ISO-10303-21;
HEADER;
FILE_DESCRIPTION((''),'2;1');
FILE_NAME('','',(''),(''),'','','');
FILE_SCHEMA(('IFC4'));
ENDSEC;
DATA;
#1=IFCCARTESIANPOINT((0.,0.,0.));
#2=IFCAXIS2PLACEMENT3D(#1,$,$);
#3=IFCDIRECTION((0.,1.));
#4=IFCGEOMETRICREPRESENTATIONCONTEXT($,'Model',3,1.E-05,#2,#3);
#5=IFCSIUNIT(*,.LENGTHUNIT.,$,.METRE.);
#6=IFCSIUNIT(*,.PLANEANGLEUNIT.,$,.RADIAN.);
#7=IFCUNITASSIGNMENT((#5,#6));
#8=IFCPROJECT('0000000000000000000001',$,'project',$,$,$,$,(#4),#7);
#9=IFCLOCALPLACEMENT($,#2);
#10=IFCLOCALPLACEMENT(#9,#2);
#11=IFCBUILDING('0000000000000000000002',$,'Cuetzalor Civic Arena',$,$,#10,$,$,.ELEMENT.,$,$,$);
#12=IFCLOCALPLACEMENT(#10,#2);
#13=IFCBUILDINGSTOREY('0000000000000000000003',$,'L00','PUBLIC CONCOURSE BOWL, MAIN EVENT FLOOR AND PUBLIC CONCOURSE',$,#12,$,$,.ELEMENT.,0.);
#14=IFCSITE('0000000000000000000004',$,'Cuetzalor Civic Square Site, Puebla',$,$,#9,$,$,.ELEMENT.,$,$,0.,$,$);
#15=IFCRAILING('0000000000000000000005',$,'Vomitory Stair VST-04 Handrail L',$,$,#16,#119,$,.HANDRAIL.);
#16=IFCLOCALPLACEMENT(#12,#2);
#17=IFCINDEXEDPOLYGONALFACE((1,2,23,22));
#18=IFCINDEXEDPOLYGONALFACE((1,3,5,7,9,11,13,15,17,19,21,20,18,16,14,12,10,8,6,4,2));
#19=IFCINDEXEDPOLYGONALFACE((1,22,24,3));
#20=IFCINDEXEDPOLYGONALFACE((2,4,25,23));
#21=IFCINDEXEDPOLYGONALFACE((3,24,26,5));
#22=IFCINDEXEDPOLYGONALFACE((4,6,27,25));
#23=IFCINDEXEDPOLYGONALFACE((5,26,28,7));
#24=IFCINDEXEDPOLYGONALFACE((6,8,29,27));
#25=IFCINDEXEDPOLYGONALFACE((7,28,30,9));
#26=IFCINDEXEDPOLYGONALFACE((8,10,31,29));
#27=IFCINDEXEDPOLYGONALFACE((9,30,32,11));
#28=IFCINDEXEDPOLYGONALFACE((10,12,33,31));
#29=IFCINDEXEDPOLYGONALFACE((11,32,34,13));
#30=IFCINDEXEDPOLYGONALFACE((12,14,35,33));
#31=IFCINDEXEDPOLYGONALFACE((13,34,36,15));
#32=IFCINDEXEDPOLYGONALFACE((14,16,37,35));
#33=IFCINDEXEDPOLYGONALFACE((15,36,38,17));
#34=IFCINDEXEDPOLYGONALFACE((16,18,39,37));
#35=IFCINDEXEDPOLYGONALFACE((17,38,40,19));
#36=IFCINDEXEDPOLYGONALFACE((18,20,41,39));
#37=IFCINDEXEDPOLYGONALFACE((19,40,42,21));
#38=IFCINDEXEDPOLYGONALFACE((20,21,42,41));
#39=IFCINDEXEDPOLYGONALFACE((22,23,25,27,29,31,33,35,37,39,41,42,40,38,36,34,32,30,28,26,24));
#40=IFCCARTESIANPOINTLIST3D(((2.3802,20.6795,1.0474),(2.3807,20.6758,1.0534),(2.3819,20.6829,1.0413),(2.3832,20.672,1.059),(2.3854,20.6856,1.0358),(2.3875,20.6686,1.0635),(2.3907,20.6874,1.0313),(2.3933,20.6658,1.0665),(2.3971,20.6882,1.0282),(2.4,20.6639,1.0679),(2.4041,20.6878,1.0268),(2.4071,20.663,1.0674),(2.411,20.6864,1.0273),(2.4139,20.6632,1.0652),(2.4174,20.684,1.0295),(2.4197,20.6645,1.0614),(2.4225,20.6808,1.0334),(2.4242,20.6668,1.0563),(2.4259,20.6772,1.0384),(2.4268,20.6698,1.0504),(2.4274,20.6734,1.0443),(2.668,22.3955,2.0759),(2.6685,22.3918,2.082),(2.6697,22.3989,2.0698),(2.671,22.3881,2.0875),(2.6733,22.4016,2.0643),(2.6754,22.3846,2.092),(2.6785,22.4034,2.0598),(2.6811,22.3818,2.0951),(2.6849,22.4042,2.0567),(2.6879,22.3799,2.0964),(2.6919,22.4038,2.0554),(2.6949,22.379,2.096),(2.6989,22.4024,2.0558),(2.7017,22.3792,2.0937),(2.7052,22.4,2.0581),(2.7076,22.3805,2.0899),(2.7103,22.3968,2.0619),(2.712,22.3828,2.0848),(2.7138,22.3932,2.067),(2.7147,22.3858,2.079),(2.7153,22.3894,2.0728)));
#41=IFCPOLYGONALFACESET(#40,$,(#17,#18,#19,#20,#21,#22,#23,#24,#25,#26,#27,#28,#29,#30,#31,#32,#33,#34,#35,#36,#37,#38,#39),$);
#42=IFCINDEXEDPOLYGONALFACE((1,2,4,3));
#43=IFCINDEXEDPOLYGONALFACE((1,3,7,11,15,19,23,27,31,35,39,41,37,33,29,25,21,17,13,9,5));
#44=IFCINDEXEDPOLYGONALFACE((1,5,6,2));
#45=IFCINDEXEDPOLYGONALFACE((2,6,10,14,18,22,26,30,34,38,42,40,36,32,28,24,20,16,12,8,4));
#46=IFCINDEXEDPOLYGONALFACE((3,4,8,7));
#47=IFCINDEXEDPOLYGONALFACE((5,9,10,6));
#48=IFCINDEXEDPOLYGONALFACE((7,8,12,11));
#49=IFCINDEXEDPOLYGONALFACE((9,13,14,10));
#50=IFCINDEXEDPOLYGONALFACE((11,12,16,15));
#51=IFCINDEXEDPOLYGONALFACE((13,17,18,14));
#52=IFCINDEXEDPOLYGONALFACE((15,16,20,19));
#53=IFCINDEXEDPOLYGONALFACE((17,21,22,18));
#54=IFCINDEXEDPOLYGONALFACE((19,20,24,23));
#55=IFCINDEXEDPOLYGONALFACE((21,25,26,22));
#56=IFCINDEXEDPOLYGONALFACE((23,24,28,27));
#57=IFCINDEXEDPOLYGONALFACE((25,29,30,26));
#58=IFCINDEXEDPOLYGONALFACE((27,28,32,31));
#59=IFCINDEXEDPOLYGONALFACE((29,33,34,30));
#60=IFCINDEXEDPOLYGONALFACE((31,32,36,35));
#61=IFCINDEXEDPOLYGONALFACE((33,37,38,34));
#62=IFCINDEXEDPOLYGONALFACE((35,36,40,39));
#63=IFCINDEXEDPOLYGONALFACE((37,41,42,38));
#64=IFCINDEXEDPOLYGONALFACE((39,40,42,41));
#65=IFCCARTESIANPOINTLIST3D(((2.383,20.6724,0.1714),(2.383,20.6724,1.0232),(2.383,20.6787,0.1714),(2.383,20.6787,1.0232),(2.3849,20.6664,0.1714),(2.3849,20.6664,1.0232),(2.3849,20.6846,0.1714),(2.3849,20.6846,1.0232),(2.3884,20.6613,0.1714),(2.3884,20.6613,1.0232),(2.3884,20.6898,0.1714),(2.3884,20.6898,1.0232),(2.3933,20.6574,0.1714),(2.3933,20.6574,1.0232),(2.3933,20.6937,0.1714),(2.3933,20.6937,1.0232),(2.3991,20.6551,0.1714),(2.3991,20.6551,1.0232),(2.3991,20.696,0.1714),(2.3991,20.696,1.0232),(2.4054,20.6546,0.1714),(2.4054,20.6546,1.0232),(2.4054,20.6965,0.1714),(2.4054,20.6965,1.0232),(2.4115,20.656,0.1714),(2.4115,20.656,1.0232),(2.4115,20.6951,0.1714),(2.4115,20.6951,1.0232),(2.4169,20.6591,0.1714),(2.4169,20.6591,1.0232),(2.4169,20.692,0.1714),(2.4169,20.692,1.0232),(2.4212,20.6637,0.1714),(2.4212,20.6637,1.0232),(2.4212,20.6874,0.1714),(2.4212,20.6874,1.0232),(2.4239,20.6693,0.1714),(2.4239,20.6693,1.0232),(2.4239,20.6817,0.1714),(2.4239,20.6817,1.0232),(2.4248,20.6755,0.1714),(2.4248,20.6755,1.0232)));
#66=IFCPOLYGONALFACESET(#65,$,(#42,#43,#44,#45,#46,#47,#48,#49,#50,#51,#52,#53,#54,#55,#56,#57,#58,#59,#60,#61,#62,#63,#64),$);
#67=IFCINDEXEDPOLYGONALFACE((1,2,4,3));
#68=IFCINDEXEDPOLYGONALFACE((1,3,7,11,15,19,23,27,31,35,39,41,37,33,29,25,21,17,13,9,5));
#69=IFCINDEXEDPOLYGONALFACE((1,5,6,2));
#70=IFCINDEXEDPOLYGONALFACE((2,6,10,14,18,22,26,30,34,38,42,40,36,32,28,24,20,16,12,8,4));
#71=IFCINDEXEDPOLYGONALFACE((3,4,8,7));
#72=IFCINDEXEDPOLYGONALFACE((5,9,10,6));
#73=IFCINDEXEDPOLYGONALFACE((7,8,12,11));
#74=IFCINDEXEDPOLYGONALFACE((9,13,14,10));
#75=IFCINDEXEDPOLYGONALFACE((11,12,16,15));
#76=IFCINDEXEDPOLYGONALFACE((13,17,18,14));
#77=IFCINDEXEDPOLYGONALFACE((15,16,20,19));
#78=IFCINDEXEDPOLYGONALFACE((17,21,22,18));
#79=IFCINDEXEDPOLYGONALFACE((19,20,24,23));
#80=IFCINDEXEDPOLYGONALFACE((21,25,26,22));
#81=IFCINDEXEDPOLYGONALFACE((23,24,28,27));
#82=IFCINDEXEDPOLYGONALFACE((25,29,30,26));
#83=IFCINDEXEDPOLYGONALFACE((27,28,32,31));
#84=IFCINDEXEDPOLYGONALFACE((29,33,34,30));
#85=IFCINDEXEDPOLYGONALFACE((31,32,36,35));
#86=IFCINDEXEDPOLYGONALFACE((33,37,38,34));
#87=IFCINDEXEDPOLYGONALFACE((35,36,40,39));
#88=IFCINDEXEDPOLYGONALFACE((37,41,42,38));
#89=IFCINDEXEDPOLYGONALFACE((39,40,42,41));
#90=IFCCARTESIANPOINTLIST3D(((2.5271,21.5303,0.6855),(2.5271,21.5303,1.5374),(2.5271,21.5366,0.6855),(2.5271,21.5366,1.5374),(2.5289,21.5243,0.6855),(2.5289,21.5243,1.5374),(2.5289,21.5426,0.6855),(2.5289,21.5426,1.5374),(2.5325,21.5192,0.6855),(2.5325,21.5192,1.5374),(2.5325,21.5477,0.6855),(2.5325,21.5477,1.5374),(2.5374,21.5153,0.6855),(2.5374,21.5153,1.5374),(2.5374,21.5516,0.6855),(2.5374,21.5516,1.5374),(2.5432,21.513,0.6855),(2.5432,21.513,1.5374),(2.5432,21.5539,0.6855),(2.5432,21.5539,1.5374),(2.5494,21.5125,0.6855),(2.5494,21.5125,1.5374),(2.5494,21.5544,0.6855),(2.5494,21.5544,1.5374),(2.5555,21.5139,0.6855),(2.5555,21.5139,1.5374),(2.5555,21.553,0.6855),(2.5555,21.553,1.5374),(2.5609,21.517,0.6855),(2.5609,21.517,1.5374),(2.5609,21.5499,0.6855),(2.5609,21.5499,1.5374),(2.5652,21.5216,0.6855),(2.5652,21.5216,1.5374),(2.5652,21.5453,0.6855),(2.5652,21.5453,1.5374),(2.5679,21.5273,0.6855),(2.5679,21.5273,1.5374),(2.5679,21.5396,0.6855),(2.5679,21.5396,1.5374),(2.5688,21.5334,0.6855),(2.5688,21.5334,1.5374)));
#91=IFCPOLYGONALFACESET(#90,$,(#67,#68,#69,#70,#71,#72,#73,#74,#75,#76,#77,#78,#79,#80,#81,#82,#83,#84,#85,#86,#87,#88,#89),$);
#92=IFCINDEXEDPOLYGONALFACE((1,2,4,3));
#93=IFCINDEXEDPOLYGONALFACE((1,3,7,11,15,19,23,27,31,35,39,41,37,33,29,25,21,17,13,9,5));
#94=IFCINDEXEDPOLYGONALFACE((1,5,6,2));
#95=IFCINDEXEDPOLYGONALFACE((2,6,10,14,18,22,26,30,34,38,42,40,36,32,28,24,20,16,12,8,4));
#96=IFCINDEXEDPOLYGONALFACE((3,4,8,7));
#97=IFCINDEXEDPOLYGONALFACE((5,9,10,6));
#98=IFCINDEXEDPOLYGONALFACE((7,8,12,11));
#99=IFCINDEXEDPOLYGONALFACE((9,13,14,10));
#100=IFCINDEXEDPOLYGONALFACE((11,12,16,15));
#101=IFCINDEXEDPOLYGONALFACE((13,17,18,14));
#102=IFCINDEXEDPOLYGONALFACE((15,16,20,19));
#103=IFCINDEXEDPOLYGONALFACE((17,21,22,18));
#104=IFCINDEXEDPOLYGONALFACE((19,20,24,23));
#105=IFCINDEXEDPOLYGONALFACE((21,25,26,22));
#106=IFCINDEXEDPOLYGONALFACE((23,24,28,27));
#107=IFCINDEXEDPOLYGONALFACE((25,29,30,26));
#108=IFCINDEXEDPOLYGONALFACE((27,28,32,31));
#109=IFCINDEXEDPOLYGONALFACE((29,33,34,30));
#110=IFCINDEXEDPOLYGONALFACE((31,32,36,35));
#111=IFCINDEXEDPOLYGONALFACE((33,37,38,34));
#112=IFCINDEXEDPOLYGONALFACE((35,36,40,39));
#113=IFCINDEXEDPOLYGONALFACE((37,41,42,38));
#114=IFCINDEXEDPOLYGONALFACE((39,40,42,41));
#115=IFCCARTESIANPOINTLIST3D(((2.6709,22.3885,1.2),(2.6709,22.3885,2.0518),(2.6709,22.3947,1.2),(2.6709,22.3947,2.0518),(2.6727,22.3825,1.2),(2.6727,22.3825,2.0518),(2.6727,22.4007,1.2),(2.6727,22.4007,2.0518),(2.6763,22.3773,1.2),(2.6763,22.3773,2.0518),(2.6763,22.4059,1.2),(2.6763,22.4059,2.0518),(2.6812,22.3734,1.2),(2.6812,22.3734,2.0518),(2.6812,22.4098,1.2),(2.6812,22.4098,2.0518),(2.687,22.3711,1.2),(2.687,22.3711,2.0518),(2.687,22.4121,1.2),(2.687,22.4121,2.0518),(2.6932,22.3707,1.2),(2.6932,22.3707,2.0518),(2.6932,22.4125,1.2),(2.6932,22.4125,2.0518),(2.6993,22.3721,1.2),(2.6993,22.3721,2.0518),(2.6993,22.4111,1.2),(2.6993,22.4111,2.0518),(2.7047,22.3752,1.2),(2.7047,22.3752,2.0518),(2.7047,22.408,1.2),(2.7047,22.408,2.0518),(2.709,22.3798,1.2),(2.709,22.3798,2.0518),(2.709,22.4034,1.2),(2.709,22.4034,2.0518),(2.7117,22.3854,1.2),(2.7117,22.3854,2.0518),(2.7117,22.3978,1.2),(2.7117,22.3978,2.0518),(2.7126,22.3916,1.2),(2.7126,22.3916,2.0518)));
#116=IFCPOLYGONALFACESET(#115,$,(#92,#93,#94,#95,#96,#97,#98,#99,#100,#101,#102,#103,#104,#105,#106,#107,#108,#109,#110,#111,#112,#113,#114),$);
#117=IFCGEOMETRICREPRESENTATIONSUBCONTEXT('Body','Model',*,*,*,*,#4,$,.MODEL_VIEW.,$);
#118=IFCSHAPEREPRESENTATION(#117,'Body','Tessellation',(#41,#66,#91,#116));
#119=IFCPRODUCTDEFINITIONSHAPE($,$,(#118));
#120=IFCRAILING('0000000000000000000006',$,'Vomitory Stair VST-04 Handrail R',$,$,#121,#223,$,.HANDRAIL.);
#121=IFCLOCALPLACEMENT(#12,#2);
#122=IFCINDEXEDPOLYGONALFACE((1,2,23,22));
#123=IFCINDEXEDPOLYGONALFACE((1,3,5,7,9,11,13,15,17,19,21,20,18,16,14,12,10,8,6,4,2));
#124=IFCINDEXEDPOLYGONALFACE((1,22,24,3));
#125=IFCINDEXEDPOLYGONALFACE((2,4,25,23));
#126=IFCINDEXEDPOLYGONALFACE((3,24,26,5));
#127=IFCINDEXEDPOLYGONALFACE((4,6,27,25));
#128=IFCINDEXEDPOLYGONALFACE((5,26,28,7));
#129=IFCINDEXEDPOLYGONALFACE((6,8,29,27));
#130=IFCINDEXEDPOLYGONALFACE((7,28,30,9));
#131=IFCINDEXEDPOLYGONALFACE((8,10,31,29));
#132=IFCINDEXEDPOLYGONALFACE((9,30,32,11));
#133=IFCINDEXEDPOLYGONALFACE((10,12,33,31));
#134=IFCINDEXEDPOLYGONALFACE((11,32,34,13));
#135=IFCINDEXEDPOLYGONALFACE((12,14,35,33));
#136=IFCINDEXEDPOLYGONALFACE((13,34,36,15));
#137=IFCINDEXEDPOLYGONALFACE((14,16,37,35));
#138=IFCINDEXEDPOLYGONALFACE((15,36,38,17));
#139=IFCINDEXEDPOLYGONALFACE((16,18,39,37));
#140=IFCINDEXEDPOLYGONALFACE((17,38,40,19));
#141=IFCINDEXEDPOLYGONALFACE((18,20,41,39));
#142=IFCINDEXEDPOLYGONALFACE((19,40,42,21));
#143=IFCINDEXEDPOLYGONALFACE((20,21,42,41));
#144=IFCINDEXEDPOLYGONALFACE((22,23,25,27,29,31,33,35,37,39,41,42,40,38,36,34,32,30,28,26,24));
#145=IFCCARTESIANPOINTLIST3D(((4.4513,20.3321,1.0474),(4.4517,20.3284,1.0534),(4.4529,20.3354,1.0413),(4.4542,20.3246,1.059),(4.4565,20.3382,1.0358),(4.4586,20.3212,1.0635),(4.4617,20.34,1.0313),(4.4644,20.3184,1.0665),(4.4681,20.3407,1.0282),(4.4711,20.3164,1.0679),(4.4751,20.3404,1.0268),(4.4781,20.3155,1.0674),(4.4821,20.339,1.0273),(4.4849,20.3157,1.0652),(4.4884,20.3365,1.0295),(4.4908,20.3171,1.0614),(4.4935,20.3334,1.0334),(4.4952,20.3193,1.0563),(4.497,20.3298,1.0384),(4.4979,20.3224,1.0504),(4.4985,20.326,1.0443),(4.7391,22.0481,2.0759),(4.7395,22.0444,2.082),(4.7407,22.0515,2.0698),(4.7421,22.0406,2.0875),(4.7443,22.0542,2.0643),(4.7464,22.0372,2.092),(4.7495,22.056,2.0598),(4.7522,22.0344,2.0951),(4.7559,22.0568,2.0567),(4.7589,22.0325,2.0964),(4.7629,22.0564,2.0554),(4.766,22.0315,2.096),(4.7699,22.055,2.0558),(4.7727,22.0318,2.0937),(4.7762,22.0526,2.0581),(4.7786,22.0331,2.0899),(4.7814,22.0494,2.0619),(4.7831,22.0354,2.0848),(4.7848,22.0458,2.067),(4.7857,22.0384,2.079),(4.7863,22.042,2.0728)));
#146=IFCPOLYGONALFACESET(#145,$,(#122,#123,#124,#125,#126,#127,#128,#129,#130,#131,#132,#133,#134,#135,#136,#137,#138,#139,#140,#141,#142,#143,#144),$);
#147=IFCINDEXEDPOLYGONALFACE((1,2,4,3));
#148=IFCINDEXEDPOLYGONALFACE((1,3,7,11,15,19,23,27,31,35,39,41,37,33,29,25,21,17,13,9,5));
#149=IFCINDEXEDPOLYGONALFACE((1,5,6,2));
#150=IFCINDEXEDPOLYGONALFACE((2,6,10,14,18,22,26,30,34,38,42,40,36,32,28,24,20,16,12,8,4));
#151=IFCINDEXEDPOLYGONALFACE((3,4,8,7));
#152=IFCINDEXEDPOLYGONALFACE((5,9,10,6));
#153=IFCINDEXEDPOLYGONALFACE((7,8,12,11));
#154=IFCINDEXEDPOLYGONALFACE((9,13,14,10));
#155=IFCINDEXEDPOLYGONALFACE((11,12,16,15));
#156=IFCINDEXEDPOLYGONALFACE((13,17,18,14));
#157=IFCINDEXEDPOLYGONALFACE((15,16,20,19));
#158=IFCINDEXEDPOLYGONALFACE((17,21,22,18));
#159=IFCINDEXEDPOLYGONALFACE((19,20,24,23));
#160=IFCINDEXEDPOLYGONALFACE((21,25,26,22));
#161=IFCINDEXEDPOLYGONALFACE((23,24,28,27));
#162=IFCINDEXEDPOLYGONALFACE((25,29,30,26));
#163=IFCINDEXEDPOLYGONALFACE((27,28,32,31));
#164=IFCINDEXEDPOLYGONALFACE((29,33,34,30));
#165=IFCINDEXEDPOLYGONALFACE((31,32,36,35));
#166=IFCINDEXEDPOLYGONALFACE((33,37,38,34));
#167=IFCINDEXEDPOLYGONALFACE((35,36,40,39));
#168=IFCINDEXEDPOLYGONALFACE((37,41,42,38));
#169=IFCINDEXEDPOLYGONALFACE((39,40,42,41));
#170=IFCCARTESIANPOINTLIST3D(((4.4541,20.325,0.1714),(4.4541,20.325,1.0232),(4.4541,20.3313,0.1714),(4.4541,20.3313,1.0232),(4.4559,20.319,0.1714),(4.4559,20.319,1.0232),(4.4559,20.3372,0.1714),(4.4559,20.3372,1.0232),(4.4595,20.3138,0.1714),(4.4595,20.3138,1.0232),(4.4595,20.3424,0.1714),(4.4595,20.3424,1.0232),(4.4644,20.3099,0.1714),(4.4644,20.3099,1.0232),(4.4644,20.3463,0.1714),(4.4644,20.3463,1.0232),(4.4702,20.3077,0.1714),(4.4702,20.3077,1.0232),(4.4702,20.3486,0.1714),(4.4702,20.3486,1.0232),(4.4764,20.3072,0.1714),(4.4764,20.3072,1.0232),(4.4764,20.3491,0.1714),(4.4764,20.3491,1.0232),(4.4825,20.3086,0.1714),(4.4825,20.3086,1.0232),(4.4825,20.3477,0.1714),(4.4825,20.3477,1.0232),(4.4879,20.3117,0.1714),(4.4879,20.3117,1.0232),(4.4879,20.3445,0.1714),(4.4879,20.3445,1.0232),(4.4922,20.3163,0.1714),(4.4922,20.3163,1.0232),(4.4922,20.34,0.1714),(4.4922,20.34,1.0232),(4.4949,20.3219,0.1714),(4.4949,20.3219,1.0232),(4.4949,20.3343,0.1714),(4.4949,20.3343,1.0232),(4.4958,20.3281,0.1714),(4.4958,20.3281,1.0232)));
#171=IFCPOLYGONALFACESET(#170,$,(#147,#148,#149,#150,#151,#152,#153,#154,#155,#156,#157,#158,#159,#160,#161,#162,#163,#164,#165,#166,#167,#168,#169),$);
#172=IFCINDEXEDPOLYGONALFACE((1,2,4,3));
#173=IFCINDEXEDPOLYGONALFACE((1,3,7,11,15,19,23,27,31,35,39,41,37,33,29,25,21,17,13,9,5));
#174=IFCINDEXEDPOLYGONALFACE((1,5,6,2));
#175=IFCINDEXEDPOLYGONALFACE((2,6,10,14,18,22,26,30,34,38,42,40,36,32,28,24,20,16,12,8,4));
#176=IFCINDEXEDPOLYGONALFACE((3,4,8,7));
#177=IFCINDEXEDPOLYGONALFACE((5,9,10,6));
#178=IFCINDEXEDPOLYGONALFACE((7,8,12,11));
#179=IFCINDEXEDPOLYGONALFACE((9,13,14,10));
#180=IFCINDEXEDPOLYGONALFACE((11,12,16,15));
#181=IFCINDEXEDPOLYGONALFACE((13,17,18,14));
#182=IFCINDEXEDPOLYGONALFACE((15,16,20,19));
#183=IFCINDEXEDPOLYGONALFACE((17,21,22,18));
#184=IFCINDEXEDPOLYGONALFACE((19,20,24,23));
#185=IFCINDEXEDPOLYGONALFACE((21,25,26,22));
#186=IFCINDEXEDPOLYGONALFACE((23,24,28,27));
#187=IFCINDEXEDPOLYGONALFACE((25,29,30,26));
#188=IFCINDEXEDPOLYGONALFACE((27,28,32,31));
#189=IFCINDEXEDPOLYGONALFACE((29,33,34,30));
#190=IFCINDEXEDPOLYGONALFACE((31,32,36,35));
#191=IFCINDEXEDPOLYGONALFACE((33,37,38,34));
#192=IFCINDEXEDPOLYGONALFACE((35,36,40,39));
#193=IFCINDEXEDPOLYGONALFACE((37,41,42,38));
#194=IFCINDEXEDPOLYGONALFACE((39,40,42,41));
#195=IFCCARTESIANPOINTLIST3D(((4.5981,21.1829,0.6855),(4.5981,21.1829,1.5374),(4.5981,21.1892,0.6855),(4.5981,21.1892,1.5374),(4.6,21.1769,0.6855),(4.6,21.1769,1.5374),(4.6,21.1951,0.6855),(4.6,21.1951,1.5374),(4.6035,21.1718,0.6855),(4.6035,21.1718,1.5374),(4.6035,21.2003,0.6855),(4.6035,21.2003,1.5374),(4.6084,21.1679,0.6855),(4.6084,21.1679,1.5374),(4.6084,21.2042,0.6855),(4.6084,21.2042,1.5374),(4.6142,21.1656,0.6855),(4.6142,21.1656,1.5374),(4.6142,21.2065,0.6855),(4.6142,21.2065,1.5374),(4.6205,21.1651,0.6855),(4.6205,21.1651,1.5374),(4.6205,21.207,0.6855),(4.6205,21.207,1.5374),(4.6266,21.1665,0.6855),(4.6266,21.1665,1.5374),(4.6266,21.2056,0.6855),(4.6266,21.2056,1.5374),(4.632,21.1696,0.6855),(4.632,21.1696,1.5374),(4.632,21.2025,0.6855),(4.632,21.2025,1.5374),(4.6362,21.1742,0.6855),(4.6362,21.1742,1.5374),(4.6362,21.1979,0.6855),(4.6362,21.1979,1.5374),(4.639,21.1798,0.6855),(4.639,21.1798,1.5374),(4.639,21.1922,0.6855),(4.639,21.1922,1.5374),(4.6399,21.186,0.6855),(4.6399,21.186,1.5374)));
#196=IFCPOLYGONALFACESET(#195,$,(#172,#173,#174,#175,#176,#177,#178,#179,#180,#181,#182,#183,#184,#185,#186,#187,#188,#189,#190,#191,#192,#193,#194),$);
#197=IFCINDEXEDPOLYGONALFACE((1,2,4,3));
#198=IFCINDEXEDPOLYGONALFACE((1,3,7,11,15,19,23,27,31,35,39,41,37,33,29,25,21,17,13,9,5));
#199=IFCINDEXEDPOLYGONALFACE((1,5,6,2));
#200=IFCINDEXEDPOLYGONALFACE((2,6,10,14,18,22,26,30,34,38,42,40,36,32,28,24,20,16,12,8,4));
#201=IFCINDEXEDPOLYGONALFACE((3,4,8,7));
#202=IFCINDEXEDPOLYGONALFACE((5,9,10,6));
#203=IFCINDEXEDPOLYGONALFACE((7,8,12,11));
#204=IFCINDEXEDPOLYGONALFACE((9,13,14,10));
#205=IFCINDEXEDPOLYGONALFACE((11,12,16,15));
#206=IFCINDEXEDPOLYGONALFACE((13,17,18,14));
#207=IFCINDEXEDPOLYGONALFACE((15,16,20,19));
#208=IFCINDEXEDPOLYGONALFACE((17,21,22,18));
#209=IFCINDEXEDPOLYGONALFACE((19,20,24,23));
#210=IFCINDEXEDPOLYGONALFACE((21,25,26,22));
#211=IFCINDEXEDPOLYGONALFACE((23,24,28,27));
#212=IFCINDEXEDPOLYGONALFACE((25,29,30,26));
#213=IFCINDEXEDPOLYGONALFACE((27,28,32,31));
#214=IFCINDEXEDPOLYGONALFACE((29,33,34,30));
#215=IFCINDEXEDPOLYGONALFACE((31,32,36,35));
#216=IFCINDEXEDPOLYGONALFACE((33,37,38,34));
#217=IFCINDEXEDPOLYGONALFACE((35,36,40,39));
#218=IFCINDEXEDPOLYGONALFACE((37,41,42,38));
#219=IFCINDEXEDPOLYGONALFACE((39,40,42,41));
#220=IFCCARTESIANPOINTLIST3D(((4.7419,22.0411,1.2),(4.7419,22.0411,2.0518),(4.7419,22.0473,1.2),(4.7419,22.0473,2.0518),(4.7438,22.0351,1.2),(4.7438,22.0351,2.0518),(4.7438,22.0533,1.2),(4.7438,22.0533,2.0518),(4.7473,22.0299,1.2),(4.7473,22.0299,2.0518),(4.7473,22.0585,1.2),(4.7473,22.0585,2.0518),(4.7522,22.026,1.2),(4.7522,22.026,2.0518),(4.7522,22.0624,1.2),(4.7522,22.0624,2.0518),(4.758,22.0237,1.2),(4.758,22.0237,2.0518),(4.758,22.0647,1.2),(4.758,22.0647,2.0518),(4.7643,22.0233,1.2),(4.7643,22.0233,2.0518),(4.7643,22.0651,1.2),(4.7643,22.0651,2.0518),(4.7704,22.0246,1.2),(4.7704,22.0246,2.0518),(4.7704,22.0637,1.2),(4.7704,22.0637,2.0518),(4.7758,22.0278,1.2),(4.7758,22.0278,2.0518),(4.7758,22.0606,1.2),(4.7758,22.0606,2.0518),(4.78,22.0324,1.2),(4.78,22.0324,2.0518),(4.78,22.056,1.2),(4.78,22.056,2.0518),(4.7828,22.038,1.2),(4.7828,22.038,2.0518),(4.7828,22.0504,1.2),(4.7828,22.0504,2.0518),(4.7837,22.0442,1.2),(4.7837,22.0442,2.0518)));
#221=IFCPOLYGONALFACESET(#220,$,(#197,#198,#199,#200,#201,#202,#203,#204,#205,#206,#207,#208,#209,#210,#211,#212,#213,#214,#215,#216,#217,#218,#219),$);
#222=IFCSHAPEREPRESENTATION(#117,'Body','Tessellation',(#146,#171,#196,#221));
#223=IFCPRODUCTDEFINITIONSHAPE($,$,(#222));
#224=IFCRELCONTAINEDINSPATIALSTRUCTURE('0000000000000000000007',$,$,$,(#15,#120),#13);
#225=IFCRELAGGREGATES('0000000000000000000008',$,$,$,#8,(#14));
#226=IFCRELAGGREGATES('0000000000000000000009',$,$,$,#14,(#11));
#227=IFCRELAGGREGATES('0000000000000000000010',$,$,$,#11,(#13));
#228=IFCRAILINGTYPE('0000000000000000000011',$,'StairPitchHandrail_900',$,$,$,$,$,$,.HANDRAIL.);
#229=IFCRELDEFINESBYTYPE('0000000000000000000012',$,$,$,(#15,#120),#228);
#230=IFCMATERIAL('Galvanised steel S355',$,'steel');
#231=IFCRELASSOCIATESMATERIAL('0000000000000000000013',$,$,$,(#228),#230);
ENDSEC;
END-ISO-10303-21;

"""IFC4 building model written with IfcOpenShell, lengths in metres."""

from ifc_helpers import new_model, si_unit, direction, frame, origin, origin_2d, place, context, subcontext, project, spatial, circle, extrude, material, type_object, element, save


model = new_model("IFC4")

# Units and contexts
model_context = context("Model", 3, precision=1e-05, world=origin(), true_north=direction((0.0, 1.0)))
body_context = subcontext(model_context, "Body", "Model", "MODEL_VIEW")
ifc_project = project(units=[si_unit("LENGTHUNIT", "METRE"), si_unit("PLANEANGLEUNIT", "RADIAN")], contexts=[model_context])

# Site, building, storey
site_placement = place(None, origin())
site = spatial("IfcSite", under=ifc_project, at=site_placement, Name="Cuetzalor Civic Square Site, Puebla", CompositionType="ELEMENT", RefElevation=0.0)
building_placement = place(site_placement, origin())
building = spatial("IfcBuilding", under=site, at=building_placement, Name="Cuetzalor Civic Arena", CompositionType="ELEMENT")
storey_placement = place(building_placement, origin())
storey = spatial("IfcBuildingStorey", under=building, at=storey_placement, Name="L00", Description="PUBLIC CONCOURSE BOWL, MAIN EVENT FLOOR AND PUBLIC CONCOURSE", CompositionType="ELEMENT", Elevation=0.0)

# Railings
ifc_material_1 = material(Name="Galvanised steel S355", Category="steel")
railing_type_1 = type_object("IfcRailingType", Name="StairPitchHandrail_900", PredefinedType="HANDRAIL", material=ifc_material_1)
for number, where, name in (
    (1, (2.4038, 20.6755, 0.1714), "Vomitory Stair VST-04 Handrail L"),
    (2, (4.4749, 20.3281, 0.1714), "Vomitory Stair VST-04 Handrail R"),
):
    element("IfcRailing", number, at=place(storey_placement, frame(where)), inside=storey, type_object=railing_type_1, Name=name, PredefinedType="HANDRAIL", context=body_context, shape_type="SweptSolid", body=[
        extrude(circle(Radius=0.0239, at=origin_2d()), frame((0.0, 0.0, 0.876), z_axis=(0.142404, 0.848988, 0.508862), x_axis=(-0.986223, 0.165423, 0.0)), (0.0, 0.0, 1.0), 2.0212),
        extrude(circle(Radius=0.021, at=origin_2d()), origin(), (0.0, 0.0, 1.0), 0.8518),
        extrude(circle(Radius=0.021, at=origin_2d()), frame((0.144, 0.8579, 0.5142)), (0.0, 0.0, 1.0), 0.8518),
        extrude(circle(Radius=0.021, at=origin_2d()), frame((0.2878, 1.7161, 1.0286)), (0.0, 0.0, 1.0), 0.8518),
    ])

save(model, "model.ifc")
